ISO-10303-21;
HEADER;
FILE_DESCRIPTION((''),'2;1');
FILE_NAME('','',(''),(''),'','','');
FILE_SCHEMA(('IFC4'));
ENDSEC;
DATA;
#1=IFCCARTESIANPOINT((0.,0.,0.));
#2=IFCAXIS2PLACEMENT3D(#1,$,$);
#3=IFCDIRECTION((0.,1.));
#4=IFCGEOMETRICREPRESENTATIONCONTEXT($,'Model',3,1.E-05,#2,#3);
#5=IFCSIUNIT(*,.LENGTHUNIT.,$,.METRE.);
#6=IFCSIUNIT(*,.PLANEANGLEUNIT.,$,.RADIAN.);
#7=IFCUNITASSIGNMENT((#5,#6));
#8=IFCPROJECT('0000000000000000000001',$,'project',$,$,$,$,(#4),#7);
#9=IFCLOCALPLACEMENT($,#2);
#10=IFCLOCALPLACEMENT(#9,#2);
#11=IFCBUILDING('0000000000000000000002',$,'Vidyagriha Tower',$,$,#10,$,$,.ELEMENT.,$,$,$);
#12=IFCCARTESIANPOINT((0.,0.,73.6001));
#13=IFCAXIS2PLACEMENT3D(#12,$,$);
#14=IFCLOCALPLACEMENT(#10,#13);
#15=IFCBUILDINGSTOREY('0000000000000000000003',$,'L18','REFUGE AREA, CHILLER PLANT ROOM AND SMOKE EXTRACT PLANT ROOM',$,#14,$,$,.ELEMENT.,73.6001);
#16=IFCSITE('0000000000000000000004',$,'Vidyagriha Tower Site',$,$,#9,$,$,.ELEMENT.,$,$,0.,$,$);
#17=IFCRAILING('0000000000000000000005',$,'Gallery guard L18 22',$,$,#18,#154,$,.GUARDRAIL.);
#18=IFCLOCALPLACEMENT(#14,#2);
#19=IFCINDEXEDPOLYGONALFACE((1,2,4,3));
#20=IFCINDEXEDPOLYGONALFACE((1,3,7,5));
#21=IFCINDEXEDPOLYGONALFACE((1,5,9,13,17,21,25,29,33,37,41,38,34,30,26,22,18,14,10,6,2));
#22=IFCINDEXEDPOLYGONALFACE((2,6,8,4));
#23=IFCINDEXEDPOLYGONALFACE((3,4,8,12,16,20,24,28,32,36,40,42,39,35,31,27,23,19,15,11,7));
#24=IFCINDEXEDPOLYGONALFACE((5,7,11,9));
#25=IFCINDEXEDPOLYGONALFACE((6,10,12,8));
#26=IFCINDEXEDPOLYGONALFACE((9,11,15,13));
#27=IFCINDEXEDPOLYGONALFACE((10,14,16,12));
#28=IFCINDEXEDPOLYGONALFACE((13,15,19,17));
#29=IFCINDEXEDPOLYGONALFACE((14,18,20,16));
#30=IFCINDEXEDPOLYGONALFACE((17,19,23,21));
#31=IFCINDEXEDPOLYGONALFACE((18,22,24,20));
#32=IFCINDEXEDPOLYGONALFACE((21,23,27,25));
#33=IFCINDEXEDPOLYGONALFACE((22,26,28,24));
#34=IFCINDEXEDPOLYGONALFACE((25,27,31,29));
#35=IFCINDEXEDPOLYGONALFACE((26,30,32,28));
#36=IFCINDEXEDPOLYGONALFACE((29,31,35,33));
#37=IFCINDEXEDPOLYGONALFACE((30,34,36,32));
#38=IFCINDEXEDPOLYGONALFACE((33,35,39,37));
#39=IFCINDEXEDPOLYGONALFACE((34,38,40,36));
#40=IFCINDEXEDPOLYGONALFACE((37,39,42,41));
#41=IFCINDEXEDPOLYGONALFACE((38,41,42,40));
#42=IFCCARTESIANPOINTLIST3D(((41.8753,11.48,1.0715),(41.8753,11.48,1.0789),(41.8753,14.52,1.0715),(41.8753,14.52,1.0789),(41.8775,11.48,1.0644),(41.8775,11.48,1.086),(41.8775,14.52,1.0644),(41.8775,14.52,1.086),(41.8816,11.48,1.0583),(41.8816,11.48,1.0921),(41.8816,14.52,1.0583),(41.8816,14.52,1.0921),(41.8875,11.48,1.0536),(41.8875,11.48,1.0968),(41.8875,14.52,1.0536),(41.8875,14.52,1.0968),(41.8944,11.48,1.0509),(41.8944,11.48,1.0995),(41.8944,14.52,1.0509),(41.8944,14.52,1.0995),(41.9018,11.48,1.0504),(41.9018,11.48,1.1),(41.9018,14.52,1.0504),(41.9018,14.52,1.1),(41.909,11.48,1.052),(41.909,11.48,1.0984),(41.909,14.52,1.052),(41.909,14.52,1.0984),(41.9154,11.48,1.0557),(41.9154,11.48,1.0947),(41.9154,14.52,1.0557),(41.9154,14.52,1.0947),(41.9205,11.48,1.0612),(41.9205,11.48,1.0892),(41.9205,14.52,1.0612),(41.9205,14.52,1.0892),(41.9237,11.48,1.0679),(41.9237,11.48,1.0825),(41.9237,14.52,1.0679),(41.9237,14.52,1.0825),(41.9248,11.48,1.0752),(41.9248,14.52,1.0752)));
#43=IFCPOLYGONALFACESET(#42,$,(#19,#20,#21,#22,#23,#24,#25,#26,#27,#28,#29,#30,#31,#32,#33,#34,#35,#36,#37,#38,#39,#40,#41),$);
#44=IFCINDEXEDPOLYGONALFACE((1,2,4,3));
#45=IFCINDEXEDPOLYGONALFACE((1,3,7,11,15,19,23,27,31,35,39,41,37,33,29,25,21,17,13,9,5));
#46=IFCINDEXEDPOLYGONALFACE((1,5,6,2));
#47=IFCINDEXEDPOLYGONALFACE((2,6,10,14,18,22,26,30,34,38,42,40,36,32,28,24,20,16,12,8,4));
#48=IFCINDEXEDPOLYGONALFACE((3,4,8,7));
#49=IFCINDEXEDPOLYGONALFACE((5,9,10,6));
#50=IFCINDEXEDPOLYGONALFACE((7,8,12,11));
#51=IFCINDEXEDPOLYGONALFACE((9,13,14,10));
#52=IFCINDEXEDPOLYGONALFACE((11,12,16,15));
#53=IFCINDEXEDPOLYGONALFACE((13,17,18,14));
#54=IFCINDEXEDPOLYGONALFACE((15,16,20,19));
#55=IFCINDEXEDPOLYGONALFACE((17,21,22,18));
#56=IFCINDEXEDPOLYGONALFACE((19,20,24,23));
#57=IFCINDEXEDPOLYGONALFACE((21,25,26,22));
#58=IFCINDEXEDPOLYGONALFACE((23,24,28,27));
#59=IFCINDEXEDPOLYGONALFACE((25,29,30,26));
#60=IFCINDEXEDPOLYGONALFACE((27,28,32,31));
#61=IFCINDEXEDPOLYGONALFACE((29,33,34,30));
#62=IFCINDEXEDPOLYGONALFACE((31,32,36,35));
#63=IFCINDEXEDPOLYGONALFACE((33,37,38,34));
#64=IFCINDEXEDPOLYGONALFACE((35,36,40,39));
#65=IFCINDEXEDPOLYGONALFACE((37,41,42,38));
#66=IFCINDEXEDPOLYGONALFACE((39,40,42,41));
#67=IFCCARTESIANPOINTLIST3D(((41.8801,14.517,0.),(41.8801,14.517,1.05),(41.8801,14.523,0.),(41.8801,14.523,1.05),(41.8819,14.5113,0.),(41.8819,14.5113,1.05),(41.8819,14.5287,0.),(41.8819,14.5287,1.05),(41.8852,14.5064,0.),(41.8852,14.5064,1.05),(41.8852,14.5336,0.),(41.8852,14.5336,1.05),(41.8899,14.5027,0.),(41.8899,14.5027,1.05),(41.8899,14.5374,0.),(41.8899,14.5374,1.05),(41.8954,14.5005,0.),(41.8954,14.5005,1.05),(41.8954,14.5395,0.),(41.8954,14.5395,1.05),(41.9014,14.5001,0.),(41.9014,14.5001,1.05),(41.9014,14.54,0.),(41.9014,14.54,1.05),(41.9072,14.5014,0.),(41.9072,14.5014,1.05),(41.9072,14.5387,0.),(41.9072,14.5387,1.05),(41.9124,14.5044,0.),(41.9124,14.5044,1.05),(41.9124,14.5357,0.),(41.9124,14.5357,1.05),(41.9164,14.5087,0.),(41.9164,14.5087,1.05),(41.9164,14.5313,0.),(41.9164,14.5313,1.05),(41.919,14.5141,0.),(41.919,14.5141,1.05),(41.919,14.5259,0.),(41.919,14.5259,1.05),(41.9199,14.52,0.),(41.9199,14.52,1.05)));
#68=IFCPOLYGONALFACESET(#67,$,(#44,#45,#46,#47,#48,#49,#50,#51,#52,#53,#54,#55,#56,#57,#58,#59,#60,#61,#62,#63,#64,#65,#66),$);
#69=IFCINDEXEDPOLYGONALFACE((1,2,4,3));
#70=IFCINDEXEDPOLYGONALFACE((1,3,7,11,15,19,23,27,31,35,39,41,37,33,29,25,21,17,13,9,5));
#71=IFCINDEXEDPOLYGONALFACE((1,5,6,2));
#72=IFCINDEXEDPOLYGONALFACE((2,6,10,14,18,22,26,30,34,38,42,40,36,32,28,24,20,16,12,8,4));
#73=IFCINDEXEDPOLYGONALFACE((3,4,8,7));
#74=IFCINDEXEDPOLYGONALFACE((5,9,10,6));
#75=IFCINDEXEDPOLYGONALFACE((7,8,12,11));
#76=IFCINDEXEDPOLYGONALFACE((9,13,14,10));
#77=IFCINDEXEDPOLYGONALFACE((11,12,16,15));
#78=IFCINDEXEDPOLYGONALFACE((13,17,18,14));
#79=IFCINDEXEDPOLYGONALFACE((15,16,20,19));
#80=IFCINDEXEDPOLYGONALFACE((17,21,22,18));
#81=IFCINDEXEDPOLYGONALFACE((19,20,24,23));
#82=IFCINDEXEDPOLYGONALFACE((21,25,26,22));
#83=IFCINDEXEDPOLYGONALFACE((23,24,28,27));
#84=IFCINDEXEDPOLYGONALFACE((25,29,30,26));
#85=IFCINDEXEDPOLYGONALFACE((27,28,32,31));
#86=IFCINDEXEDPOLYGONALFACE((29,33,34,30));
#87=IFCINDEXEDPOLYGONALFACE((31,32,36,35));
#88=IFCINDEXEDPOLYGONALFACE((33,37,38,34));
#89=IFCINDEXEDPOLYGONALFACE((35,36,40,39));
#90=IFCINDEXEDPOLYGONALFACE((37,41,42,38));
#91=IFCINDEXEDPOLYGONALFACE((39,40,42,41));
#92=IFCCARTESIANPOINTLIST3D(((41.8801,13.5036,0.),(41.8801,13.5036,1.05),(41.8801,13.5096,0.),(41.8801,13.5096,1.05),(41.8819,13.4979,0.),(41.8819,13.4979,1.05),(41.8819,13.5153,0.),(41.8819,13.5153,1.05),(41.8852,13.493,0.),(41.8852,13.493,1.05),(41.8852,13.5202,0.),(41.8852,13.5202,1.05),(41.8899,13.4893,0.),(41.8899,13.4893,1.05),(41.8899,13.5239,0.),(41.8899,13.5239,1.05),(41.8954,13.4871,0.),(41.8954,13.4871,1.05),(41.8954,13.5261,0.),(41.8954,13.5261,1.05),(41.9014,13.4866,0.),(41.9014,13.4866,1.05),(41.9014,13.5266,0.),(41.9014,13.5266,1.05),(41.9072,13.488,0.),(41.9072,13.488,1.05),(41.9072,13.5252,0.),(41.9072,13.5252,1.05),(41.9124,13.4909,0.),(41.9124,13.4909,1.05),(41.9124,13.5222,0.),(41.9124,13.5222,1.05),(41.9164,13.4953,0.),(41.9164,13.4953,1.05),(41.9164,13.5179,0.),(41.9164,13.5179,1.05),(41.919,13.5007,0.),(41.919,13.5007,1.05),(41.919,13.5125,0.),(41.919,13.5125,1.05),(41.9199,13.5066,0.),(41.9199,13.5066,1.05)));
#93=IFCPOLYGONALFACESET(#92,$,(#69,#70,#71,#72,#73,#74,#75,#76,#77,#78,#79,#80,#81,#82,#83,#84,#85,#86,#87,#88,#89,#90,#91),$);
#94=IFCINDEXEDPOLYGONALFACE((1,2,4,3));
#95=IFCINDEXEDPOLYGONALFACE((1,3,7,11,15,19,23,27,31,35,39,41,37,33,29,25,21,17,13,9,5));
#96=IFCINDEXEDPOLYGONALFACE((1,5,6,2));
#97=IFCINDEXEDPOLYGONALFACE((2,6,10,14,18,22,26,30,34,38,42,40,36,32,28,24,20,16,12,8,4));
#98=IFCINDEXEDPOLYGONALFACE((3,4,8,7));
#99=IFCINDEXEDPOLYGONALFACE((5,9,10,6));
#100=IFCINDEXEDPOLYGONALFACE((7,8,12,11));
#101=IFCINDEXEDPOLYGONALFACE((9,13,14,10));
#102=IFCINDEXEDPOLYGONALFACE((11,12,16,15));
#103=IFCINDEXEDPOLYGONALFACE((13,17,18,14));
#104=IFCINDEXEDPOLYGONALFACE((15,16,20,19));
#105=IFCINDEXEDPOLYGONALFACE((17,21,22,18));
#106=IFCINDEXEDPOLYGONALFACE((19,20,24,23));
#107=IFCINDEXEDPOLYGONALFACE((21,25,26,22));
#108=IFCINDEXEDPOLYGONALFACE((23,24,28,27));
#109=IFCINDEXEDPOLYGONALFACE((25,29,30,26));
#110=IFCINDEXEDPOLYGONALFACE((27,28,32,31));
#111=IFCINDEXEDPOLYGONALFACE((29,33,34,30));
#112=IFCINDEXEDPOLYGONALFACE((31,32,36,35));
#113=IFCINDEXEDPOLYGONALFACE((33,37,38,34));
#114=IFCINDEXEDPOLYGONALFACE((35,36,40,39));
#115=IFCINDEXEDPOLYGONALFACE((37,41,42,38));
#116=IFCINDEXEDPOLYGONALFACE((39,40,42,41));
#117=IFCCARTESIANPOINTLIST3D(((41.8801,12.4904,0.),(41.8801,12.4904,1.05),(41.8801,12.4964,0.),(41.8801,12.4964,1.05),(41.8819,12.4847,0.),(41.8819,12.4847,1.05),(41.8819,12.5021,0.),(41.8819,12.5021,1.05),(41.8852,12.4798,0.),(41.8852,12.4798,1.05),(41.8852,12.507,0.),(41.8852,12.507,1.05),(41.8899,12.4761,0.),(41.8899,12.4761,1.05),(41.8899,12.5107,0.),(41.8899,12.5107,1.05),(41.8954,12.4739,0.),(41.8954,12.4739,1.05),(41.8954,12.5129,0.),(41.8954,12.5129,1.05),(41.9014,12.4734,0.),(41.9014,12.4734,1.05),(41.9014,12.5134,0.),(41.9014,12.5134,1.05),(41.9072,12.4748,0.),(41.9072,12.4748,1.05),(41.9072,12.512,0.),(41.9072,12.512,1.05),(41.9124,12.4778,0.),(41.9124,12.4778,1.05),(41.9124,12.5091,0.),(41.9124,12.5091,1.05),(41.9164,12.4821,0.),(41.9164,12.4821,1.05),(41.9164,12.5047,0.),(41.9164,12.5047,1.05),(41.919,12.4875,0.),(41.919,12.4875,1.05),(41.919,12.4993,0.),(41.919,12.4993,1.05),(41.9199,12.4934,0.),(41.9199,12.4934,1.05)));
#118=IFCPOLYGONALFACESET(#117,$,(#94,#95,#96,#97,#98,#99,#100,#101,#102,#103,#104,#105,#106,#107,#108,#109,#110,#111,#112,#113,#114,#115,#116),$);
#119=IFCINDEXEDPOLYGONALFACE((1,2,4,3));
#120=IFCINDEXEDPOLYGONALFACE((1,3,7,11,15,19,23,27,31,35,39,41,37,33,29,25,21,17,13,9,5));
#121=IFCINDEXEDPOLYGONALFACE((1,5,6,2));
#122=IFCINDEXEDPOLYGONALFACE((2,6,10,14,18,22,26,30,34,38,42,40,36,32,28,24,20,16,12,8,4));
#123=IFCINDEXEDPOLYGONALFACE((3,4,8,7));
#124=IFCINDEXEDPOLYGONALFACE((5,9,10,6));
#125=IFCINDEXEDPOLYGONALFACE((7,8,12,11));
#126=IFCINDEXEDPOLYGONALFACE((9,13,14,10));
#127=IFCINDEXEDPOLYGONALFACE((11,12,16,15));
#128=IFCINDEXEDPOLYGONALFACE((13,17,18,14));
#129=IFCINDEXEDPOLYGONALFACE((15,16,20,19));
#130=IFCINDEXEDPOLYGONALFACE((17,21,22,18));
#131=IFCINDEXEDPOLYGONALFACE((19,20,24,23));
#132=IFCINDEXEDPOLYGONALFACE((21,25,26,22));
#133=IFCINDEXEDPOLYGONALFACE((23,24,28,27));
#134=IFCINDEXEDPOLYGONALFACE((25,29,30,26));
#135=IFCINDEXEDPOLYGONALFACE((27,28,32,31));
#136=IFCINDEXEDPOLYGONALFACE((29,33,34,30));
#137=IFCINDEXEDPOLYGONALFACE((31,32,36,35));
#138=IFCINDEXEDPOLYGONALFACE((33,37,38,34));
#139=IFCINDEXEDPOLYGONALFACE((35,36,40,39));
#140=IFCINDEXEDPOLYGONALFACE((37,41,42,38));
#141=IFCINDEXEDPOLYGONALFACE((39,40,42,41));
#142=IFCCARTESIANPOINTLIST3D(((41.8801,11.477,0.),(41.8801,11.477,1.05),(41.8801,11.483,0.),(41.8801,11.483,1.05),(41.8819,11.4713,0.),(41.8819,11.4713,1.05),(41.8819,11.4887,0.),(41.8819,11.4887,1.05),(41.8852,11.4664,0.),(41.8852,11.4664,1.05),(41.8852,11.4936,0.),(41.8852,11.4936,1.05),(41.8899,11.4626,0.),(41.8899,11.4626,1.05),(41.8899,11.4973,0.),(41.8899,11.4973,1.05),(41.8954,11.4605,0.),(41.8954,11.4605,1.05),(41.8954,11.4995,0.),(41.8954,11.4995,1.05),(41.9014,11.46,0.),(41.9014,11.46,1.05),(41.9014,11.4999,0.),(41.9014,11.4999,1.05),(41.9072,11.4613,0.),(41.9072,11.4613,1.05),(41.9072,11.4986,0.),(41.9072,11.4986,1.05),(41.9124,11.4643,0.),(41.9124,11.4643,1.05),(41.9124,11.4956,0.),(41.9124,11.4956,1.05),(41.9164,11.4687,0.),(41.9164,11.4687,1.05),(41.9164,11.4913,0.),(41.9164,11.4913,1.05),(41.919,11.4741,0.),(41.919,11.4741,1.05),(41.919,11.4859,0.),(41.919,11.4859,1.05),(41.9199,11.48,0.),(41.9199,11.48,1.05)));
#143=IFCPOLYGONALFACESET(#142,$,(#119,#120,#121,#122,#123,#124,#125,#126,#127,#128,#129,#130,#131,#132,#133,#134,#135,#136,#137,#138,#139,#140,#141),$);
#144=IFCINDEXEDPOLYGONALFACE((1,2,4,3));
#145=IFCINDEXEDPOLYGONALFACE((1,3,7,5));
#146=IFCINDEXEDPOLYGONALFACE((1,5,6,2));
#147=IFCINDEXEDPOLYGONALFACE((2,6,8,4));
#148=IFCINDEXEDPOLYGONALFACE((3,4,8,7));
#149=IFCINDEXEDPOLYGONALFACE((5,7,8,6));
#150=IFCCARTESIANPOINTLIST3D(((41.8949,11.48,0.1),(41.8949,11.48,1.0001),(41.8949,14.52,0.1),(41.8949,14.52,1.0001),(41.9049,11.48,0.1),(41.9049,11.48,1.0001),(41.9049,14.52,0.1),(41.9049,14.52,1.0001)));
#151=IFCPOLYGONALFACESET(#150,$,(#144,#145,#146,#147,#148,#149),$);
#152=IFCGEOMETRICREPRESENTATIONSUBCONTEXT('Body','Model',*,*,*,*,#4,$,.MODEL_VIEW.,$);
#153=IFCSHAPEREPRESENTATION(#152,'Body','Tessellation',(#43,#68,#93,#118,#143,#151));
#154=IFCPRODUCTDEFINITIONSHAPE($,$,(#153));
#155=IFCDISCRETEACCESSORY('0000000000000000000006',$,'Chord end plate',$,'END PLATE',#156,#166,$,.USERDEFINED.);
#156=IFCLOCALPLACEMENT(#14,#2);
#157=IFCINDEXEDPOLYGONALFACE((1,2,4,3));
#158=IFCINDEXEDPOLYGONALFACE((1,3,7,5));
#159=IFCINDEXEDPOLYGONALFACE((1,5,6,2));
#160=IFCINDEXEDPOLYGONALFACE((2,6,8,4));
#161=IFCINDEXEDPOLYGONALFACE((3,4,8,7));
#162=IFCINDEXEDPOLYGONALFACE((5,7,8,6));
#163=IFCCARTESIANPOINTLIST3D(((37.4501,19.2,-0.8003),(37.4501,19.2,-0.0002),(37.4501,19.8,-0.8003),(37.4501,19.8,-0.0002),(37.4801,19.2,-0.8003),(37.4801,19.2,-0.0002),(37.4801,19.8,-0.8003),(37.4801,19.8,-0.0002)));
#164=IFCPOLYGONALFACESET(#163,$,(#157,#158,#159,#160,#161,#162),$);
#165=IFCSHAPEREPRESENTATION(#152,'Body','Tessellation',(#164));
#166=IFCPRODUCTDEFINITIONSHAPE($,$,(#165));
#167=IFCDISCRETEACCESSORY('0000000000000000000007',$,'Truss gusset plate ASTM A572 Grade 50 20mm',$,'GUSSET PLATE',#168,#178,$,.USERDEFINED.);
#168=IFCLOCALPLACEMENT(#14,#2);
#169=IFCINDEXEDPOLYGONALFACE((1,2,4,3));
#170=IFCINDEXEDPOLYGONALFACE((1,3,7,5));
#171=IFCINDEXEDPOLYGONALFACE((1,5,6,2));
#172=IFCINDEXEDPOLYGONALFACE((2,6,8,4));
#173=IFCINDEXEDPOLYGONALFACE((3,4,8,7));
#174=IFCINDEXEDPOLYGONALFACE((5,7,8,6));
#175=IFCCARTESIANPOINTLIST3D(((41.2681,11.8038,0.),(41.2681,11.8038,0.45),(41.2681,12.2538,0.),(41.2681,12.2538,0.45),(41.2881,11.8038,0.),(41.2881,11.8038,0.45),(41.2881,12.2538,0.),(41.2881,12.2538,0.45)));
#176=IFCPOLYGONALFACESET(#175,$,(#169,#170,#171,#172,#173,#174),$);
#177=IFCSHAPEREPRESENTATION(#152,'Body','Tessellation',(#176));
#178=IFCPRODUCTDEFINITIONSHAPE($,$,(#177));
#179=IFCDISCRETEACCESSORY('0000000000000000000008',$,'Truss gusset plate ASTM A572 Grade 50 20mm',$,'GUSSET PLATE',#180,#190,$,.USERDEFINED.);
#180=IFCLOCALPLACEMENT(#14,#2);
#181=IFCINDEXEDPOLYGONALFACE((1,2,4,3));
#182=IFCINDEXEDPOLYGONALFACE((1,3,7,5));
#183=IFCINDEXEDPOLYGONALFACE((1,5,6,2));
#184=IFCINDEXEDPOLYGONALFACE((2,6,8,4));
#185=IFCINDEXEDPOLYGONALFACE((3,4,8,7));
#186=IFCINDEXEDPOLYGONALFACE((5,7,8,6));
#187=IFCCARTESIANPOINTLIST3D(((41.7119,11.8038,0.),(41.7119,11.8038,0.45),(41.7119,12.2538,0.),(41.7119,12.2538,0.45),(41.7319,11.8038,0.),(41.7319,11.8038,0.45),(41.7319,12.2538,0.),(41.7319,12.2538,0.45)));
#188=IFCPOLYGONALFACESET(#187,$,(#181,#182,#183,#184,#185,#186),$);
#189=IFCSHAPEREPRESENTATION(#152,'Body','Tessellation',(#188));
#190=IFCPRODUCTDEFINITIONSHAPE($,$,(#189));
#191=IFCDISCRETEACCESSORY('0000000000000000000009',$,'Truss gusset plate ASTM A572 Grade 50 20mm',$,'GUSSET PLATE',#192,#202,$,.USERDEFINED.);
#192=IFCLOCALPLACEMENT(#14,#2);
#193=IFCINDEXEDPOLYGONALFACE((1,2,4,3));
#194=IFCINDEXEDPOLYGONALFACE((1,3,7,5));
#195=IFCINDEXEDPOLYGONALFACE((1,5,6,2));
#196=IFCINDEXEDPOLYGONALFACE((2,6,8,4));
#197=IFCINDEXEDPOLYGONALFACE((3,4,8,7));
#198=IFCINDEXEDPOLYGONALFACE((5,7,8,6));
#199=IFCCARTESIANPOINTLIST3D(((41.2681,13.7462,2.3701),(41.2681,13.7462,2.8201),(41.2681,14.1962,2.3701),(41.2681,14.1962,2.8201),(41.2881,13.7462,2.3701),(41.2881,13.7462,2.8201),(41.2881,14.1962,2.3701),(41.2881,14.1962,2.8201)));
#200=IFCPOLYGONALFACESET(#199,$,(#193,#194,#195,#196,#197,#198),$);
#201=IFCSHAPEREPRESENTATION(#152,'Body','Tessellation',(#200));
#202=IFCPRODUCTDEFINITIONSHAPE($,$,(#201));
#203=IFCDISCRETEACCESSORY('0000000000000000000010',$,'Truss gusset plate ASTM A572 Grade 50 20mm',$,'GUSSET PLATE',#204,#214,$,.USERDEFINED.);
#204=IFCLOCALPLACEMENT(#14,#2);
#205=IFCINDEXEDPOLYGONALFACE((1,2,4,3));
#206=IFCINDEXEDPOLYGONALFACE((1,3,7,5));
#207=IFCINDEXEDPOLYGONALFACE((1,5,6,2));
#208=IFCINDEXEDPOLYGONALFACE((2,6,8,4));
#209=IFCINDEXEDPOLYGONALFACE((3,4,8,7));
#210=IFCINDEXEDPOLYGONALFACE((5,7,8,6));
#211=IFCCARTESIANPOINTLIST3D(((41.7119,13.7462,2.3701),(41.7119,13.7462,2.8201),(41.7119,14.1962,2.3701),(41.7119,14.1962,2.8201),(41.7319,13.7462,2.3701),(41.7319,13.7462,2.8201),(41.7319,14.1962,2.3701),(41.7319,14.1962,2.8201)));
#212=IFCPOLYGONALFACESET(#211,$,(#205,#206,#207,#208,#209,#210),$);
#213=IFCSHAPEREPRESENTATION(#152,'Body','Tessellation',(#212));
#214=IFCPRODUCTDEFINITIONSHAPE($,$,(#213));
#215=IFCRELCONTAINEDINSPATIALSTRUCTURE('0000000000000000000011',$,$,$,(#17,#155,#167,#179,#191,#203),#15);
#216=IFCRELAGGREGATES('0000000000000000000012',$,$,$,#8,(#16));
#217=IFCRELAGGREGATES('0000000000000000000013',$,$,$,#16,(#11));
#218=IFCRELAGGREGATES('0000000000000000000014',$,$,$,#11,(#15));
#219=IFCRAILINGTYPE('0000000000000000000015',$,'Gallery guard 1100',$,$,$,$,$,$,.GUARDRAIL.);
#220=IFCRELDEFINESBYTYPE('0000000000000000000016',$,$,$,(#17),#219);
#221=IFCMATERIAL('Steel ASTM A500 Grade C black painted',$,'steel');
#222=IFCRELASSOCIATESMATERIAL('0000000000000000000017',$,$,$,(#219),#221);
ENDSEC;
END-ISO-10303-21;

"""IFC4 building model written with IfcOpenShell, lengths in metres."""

from ifc_helpers import new_model, si_unit, direction, frame, origin, origin_2d, place, context, subcontext, project, spatial, rectangle, circle, extrude, material, type_object, element, save


model = new_model("IFC4")

# Units and contexts
model_context = context("Model", 3, precision=1e-05, world=origin(), true_north=direction((0.0, 1.0)))
body_context = subcontext(model_context, "Body", "Model", "MODEL_VIEW")
ifc_project = project(units=[si_unit("LENGTHUNIT", "METRE"), si_unit("PLANEANGLEUNIT", "RADIAN")], contexts=[model_context])

# Site, building, storey
site_placement = place(None, origin())
site = spatial("IfcSite", under=ifc_project, at=site_placement, Name="Vidyagriha Tower Site", CompositionType="ELEMENT", RefElevation=0.0)
building_placement = place(site_placement, origin())
building = spatial("IfcBuilding", under=site, at=building_placement, Name="Vidyagriha Tower", CompositionType="ELEMENT")
storey_placement = place(building_placement, frame((0.0, 0.0, 73.6001)))
storey = spatial("IfcBuildingStorey", under=building, at=storey_placement, Name="L18", Description="REFUGE AREA, CHILLER PLANT ROOM AND SMOKE EXTRACT PLANT ROOM", CompositionType="ELEMENT", Elevation=73.6001)

# Railing
ifc_material_1 = material(Name="Steel ASTM A500 Grade C black painted", Category="steel")
railing_type = type_object("IfcRailingType", Name="Gallery guard 1100", PredefinedType="GUARDRAIL", material=ifc_material_1)
railing_1_placement = place(storey_placement, frame((41.8999, 14.52, 0.0)))
element("IfcRailing", 1, at=railing_1_placement, inside=storey, type_object=railing_type, Name="Gallery guard L18 22", PredefinedType="GUARDRAIL", context=body_context, shape_type="SweptSolid", body=[
    extrude(circle(Radius=0.0249, at=origin_2d()), frame((0.0, 0.0, 1.0752), z_axis=(0.0, -1.0, 0.0), x_axis=(1.0, 0.0, 0.0)), (0.0, 0.0, 1.0), 3.04),
    extrude(circle(Radius=0.02, at=origin_2d()), origin(), (0.0, 0.0, 1.0), 1.05),
    extrude(circle(Radius=0.02, at=origin_2d()), frame((0.0, -1.0134, 0.0)), (0.0, 0.0, 1.0), 1.05),
    extrude(circle(Radius=0.02, at=origin_2d()), frame((0.0, -2.0266, 0.0)), (0.0, 0.0, 1.0), 1.05),
    extrude(circle(Radius=0.02, at=origin_2d()), frame((0.0, -3.04, 0.0)), (0.0, 0.0, 1.0), 1.05),
    extrude(rectangle(XDim=0.01, YDim=0.9001, at=origin_2d()), frame((0.0, 0.0, 0.55), z_axis=(0.0, -1.0, 0.0), x_axis=(1.0, 0.0, 0.0)), (0.0, 0.0, 1.0), 3.04),
])

# Discrete accessories
discrete_accessory_1_placement = place(storey_placement, frame((37.4651, 19.5, -0.8003)))
element("IfcDiscreteAccessory", 2, at=discrete_accessory_1_placement, inside=storey, Name="Chord end plate", ObjectType="END PLATE", PredefinedType="USERDEFINED", context=body_context, shape_type="SweptSolid", body=[
    extrude(rectangle(XDim=0.03, YDim=0.6001, at=origin_2d()), origin(), (0.0, 0.0, 1.0), 0.8),
])
for number, where, z_axis, x_axis, name in (
    (3, (41.2781, 12.0288, 0.0), (0.0, 0.0, 1.0), (0.0, 1.0, 0.0), "Truss gusset plate ASTM A572 Grade 50 20mm"),
    (4, (41.7219, 12.0288, 0.0), (0.0, 0.0, 1.0), (0.0, 1.0, 0.0), "Truss gusset plate ASTM A572 Grade 50 20mm"),
    (5, (41.2781, 13.9712, 2.3701), (0.0, 0.0, 1.0), (0.0, 1.0, 0.0), "Truss gusset plate ASTM A572 Grade 50 20mm"),
    (6, (41.7219, 13.9712, 2.3701), (0.0, 0.0, 1.0), (0.0, 1.0, 0.0), "Truss gusset plate ASTM A572 Grade 50 20mm"),
):
    element("IfcDiscreteAccessory", number, at=place(storey_placement, frame(where, z_axis=z_axis, x_axis=x_axis)), inside=storey, Name=name, ObjectType="GUSSET PLATE", PredefinedType="USERDEFINED", context=body_context, shape_type="SweptSolid", body=[
        extrude(rectangle(XDim=0.45, YDim=0.02, at=origin_2d()), origin(), (0.0, 0.0, 1.0), 0.45),
    ])

save(model, "model.ifc")
